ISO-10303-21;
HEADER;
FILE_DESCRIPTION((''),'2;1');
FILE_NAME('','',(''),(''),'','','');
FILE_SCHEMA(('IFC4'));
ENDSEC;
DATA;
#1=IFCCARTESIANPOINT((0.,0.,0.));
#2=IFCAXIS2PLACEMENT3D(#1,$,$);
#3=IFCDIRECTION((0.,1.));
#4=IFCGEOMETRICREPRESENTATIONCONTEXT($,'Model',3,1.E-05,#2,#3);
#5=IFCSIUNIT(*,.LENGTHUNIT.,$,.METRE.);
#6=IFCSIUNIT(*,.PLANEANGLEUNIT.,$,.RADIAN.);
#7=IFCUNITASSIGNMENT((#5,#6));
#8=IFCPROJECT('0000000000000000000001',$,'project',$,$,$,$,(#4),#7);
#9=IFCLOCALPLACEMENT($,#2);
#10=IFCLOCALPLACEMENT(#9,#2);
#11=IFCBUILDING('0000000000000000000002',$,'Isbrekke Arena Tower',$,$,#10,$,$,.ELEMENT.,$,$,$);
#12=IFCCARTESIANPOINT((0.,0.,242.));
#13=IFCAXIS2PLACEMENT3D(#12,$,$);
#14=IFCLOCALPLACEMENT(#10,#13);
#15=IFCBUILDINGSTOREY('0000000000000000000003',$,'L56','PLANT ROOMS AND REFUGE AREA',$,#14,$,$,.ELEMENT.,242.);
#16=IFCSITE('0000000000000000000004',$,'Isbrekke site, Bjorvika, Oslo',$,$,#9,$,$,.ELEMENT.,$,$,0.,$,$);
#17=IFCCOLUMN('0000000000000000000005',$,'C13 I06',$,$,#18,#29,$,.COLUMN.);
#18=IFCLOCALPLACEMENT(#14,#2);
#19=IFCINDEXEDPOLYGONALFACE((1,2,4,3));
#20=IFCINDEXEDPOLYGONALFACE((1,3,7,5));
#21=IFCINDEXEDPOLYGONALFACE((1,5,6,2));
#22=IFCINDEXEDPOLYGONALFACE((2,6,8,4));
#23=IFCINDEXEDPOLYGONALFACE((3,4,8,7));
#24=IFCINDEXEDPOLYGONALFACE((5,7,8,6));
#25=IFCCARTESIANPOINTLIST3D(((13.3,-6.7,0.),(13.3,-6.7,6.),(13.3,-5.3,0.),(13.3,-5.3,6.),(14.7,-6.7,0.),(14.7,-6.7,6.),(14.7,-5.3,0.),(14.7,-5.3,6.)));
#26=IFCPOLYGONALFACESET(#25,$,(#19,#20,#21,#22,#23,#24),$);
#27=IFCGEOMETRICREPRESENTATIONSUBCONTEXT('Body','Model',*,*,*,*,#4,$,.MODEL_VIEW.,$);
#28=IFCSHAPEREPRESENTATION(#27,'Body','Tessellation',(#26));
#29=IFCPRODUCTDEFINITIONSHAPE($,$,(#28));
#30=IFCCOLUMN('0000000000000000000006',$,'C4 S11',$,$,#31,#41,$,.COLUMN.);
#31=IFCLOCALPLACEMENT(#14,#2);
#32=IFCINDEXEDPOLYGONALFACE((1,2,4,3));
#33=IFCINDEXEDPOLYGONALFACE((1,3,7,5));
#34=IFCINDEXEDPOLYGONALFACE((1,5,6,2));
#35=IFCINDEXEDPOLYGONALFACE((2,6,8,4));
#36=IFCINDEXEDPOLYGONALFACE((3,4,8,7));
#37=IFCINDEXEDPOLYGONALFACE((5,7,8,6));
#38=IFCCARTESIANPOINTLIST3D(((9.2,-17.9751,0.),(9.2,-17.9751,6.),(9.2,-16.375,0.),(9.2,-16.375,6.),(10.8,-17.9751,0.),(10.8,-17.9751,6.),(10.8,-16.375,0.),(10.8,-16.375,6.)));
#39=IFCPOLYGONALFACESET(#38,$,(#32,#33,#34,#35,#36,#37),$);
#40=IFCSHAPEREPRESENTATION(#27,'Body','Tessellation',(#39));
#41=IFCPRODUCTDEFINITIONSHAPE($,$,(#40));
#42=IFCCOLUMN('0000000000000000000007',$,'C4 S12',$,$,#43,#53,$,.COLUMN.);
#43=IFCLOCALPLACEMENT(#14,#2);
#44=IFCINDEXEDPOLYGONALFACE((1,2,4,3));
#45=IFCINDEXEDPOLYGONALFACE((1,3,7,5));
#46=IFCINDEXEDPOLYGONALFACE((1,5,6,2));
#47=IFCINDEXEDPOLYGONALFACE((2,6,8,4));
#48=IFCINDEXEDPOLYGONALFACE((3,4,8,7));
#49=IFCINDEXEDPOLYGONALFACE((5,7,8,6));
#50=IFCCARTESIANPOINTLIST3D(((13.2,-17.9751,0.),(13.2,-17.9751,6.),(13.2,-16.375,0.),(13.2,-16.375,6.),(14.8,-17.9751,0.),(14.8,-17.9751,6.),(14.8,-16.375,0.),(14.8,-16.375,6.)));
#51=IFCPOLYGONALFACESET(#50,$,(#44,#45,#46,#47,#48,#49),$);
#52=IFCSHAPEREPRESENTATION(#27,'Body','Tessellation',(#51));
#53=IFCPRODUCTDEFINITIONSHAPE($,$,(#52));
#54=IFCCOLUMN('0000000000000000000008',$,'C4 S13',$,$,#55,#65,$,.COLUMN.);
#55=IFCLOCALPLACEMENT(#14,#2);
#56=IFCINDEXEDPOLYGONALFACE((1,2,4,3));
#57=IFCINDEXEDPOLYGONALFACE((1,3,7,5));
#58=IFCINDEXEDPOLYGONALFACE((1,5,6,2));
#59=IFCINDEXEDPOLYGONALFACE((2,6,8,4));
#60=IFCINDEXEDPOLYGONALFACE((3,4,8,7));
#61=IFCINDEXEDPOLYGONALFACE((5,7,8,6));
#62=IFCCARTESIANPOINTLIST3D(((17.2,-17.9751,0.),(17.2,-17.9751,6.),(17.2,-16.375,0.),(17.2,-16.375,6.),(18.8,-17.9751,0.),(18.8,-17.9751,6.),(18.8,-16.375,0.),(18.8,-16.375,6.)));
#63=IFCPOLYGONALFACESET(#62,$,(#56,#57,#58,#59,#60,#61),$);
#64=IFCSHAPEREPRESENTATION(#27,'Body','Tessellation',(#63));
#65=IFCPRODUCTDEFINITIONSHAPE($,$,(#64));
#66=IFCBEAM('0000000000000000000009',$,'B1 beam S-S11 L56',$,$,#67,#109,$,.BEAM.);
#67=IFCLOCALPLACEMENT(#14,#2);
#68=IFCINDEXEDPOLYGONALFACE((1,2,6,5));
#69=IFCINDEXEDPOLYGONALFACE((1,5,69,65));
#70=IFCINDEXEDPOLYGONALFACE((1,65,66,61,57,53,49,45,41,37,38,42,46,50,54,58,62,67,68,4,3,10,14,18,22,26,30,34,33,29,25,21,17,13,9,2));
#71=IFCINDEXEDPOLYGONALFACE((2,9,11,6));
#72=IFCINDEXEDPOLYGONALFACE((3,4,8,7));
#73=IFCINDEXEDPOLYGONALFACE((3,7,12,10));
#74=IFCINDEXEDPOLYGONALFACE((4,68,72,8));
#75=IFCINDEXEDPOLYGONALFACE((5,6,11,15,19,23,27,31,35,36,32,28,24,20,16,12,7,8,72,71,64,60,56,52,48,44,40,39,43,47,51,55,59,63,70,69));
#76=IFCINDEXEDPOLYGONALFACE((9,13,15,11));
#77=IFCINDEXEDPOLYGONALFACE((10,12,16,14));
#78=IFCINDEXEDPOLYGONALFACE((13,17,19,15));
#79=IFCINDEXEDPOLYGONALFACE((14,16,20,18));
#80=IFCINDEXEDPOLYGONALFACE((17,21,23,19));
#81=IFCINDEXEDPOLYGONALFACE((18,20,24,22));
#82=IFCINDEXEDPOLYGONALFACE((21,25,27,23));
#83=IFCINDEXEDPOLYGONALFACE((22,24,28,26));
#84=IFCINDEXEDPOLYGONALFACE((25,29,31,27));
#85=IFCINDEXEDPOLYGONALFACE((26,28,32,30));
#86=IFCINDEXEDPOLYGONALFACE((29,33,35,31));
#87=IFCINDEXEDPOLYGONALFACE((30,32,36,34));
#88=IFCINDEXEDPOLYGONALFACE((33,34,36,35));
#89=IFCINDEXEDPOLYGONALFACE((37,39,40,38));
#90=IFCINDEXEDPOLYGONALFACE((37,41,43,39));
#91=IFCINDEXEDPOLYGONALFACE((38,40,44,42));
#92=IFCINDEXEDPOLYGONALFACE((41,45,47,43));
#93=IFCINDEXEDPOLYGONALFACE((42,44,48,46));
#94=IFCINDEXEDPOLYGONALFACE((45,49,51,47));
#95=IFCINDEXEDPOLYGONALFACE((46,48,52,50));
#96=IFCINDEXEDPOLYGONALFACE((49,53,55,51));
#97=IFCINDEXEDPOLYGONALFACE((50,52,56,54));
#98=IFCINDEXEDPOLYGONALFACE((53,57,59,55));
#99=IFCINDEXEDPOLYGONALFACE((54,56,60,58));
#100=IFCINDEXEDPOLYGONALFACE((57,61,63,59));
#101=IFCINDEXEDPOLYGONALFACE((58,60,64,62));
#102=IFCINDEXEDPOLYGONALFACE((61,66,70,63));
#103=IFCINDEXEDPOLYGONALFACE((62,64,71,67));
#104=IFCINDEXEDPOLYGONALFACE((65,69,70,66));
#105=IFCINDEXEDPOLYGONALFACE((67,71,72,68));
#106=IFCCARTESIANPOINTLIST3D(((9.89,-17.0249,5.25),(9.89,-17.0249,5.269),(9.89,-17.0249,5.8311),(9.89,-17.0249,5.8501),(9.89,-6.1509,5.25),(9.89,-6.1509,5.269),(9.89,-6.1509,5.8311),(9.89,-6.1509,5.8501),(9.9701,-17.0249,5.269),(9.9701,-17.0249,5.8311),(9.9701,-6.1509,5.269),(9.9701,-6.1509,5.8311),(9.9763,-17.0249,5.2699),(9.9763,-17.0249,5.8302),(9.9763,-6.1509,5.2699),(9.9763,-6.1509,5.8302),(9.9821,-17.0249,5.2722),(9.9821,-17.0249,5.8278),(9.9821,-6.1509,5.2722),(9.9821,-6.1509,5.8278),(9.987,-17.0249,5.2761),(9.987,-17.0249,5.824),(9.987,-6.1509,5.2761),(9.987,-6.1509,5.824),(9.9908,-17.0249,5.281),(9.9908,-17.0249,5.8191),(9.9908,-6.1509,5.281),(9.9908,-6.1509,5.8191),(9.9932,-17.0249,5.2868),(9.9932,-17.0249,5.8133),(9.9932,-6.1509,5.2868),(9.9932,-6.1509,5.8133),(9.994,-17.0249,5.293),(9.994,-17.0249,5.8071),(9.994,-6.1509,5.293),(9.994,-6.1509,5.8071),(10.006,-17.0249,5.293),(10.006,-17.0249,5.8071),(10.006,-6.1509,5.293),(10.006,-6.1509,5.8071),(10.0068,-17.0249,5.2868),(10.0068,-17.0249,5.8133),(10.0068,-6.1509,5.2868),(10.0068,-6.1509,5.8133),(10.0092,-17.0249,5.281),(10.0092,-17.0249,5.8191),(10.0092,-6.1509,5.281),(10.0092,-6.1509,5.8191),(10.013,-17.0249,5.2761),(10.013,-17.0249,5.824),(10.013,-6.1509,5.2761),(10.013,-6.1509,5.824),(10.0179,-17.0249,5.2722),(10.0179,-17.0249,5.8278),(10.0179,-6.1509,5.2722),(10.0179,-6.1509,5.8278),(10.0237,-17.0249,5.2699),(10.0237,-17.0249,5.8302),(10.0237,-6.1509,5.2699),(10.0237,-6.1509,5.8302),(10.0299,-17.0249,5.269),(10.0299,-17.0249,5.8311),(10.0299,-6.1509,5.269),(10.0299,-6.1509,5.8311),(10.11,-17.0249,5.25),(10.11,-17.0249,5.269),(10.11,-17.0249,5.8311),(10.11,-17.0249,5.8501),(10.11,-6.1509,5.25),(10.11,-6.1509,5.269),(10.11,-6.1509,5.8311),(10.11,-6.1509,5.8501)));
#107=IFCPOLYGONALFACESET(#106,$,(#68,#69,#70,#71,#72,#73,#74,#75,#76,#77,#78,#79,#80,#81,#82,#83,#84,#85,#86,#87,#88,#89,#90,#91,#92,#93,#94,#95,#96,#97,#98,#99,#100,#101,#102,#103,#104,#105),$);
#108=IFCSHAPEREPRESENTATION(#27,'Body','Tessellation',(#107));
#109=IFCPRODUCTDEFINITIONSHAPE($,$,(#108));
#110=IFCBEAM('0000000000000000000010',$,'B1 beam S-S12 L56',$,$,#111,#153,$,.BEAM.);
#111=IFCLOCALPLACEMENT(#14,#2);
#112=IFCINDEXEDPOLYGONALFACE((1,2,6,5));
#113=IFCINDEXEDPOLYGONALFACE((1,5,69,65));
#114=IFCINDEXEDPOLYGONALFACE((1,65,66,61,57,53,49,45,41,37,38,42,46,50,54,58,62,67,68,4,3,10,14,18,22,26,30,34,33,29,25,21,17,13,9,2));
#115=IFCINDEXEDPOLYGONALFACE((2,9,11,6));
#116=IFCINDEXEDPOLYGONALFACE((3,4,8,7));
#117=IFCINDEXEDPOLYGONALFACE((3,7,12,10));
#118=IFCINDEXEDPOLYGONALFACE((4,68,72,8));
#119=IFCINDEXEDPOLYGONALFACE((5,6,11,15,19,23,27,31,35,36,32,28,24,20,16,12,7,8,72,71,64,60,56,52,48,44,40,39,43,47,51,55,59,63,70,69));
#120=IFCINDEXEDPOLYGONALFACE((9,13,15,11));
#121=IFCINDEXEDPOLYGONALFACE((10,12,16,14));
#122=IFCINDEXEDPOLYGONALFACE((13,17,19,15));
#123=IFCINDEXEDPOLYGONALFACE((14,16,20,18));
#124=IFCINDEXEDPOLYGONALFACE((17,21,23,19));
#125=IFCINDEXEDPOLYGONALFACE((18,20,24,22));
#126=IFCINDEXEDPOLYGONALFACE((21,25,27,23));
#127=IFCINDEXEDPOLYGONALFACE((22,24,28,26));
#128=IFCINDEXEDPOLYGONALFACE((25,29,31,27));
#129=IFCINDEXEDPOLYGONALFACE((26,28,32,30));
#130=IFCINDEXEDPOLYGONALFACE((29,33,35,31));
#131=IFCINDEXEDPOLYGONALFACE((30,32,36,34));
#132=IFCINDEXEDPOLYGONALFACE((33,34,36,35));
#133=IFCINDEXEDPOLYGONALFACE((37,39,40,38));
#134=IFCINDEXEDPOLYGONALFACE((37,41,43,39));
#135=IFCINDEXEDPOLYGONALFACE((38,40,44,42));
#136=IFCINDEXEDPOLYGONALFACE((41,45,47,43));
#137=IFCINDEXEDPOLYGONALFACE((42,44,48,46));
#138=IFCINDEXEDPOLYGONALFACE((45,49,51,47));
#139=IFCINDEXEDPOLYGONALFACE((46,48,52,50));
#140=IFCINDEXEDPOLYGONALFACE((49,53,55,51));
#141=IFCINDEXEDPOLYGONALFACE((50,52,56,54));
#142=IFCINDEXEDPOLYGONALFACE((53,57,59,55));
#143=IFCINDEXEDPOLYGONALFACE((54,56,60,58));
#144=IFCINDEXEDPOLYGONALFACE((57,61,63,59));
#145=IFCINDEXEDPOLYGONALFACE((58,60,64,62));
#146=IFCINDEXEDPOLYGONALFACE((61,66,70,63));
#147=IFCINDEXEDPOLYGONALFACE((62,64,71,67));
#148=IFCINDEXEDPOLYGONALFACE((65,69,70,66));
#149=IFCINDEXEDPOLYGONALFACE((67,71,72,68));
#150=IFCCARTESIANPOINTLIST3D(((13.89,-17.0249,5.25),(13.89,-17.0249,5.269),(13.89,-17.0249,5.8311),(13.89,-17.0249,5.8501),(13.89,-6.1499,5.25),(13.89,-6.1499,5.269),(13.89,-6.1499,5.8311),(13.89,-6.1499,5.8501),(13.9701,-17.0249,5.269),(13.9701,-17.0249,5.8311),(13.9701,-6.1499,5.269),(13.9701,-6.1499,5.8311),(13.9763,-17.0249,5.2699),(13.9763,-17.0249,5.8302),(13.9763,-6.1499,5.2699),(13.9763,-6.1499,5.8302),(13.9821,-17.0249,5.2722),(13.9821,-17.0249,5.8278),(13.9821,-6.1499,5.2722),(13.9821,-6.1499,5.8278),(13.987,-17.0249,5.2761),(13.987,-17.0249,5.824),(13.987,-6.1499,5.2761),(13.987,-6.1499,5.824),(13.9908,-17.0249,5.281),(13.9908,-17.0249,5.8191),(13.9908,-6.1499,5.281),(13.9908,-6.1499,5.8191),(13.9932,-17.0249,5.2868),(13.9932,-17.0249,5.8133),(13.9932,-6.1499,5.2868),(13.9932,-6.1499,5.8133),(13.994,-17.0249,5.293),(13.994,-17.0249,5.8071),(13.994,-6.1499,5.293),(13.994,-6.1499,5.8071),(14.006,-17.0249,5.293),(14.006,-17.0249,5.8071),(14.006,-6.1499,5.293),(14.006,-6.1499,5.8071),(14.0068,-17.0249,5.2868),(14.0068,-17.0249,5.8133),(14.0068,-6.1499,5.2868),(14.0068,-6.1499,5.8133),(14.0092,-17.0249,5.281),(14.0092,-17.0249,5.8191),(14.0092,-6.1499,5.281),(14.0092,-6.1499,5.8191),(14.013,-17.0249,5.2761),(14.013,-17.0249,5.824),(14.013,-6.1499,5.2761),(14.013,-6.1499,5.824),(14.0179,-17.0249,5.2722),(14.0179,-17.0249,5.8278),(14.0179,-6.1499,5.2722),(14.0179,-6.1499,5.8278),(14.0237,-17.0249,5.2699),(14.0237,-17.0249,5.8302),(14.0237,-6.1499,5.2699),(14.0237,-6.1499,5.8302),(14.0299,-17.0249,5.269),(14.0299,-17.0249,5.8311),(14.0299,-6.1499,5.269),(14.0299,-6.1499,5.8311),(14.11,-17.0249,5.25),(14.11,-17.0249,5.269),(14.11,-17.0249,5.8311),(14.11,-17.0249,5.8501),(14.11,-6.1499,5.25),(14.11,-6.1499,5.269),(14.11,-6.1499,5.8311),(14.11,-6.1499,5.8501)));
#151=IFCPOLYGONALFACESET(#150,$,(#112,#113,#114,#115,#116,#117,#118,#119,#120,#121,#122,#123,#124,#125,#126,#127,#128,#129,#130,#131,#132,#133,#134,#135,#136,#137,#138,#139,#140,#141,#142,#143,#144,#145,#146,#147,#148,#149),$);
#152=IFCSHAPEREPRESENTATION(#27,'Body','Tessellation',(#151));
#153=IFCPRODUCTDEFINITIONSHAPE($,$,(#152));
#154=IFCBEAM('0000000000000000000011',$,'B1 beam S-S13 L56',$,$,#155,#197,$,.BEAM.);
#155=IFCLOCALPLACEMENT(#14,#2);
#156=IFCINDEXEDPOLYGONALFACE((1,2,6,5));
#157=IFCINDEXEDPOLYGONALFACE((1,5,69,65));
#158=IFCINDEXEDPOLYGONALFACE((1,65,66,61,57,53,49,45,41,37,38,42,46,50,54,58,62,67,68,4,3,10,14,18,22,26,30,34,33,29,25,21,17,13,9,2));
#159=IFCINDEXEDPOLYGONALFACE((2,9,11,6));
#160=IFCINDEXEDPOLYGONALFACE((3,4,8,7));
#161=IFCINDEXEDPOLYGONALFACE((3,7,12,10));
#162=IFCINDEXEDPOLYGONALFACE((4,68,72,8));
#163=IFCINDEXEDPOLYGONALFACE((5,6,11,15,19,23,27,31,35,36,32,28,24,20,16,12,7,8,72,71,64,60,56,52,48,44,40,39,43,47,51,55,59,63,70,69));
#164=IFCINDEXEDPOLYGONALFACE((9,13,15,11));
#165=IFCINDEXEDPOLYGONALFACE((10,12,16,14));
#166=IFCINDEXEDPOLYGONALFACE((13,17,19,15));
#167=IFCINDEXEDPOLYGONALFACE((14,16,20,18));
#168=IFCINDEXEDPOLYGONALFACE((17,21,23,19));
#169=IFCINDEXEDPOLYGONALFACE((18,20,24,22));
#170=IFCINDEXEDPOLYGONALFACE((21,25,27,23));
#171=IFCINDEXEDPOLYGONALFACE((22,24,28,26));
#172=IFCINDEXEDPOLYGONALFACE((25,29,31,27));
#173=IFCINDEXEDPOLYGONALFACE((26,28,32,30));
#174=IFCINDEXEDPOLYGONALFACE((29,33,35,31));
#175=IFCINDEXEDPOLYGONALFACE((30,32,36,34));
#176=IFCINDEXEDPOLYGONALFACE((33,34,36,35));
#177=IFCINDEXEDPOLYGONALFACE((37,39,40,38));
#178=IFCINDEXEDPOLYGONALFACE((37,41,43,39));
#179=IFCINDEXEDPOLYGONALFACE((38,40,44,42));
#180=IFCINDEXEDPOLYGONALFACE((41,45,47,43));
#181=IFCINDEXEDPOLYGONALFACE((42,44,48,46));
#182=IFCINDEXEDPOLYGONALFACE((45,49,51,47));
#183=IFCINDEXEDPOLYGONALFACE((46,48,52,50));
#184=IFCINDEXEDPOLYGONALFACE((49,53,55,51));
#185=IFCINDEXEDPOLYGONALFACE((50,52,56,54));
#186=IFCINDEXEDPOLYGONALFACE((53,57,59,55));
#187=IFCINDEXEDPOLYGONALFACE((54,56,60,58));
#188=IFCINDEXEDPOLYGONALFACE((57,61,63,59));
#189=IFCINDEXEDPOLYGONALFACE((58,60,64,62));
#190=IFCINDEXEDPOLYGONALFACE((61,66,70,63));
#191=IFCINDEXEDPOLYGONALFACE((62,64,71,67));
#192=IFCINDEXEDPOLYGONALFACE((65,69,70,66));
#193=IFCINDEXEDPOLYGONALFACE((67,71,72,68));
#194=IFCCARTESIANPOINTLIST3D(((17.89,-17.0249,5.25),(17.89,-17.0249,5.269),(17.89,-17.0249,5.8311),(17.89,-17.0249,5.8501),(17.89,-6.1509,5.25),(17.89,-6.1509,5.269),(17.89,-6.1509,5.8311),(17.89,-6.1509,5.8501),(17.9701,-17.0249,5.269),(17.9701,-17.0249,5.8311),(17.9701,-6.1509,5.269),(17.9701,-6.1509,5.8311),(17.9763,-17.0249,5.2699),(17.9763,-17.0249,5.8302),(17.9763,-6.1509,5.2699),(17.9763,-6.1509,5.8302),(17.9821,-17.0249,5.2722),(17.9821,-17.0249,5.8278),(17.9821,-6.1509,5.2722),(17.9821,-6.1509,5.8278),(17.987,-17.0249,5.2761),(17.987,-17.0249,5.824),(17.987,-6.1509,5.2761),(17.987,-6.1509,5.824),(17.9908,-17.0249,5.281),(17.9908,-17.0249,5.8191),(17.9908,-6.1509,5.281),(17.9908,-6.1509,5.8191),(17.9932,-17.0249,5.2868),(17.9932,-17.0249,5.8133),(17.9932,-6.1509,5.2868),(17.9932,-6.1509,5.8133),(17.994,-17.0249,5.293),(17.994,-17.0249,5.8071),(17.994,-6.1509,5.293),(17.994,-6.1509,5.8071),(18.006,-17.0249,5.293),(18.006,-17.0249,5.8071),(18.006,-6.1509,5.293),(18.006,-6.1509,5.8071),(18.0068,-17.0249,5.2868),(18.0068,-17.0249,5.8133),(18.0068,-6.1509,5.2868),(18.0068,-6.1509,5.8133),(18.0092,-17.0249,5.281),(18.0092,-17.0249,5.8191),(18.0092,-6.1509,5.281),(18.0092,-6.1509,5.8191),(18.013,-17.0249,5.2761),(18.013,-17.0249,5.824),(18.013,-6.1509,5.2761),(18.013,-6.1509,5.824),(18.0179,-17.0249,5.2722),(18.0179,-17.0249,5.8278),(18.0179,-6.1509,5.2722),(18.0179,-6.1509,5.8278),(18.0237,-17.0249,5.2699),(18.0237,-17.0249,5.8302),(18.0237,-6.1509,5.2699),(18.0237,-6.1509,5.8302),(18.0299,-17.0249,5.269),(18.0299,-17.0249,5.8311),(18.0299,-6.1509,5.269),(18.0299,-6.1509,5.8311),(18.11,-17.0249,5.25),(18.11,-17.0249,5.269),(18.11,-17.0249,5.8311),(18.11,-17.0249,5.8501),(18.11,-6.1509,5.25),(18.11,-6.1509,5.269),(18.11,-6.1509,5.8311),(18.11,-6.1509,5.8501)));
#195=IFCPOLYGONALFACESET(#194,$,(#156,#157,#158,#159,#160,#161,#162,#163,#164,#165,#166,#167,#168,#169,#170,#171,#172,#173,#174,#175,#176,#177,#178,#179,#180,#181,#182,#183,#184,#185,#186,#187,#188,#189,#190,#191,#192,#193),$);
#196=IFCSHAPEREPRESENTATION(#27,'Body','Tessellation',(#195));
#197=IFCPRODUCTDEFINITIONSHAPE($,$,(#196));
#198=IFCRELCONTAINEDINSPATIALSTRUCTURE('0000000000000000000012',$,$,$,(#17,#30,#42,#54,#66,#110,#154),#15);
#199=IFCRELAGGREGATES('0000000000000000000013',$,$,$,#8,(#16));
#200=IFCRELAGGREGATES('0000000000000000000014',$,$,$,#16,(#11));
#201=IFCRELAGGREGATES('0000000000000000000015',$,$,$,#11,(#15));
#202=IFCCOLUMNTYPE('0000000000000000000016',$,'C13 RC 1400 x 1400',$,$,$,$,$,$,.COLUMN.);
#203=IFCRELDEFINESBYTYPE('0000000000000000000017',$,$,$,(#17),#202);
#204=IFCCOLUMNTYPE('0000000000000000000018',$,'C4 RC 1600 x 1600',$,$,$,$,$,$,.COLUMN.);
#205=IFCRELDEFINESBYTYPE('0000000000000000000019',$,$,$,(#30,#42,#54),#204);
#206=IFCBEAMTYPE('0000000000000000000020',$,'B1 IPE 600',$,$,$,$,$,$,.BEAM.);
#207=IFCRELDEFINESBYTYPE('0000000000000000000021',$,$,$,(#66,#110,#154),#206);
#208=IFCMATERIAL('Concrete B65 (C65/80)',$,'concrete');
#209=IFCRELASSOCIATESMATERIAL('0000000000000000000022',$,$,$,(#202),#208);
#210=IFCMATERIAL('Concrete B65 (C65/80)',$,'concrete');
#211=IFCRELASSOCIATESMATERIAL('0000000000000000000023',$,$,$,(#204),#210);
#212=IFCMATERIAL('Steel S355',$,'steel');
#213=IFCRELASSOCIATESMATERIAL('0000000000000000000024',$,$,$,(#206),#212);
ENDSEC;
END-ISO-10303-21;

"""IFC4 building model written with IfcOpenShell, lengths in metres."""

from ifc_helpers import new_model, si_unit, direction, frame, origin, origin_2d, place, context, subcontext, project, spatial, rectangle, i_section, extrude, material, material_profile, profile_set, type_object, element, save


model = new_model("IFC4")

# Units and contexts
model_context = context("Model", 3, precision=1e-05, world=origin(), true_north=direction((0.0, 1.0)))
body_context = subcontext(model_context, "Body", "Model", "MODEL_VIEW")
ifc_project = project(units=[si_unit("LENGTHUNIT", "METRE"), si_unit("PLANEANGLEUNIT", "RADIAN")], contexts=[model_context])

# Site, building, storey
site_placement = place(None, origin())
site = spatial("IfcSite", under=ifc_project, at=site_placement, Name="Isbrekke site, Bjorvika, Oslo", CompositionType="ELEMENT", RefElevation=0.0)
building_placement = place(site_placement, origin())
building = spatial("IfcBuilding", under=site, at=building_placement, Name="Isbrekke Arena Tower", CompositionType="ELEMENT")
storey_placement = place(building_placement, frame((0.0, 0.0, 242.0)))
storey = spatial("IfcBuildingStorey", under=building, at=storey_placement, Name="L56", Description="PLANT ROOMS AND REFUGE AREA", CompositionType="ELEMENT", Elevation=242.0)

# Columns
ifc_material_1 = material(Name="Concrete B65 (C65/80)", Category="concrete")
ifc_material_profile_1 = material_profile(ifc_material_1, rectangle(XDim=1.3999, YDim=1.3999, at=origin_2d()), Name="RC 1400x1400")
ifc_profile_set_1 = profile_set([ifc_material_profile_1], Name="Concrete B65 (C65/80)")
column_type_1 = type_object("IfcColumnType", Name="C13 RC 1400 x 1400", PredefinedType="COLUMN", material=ifc_profile_set_1)
column_placement = place(storey_placement, frame((14.0, -6.0, 0.0), z_axis=(0.0, 0.0, 1.0), x_axis=(1.0, 0.0, 0.0)))
element("IfcColumn", 1, at=column_placement, inside=storey, type_object=column_type_1, Name="C13 I06", PredefinedType="COLUMN", context=body_context, shape_type="SweptSolid", body=[
    extrude(rectangle(XDim=1.3999, YDim=1.3999, at=origin_2d()), origin(), (0.0, 0.0, 1.0), 6.0),
])
ifc_material_2 = material(Name="Concrete B65 (C65/80)", Category="concrete")
ifc_material_profile_2 = material_profile(ifc_material_2, rectangle(XDim=1.6001, YDim=1.6001, at=origin_2d()), Name="RC 1600x1600")
ifc_profile_set_2 = profile_set([ifc_material_profile_2], Name="Concrete B65 (C65/80)")
column_type_2 = type_object("IfcColumnType", Name="C4 RC 1600 x 1600", PredefinedType="COLUMN", material=ifc_profile_set_2)
for number, where, z_axis, x_axis, name in (
    (2, (10.0, -17.175, 0.0), (0.0, 0.0, 1.0), (1.0, 0.0, 0.0), "C4 S11"),
    (3, (14.0, -17.175, 0.0), (0.0, 0.0, 1.0), (1.0, 0.0, 0.0), "C4 S12"),
    (4, (18.0, -17.175, 0.0), (0.0, 0.0, 1.0), (1.0, 0.0, 0.0), "C4 S13"),
):
    element("IfcColumn", number, at=place(storey_placement, frame(where, z_axis=z_axis, x_axis=x_axis)), inside=storey, type_object=column_type_2, Name=name, PredefinedType="COLUMN", context=body_context, shape_type="SweptSolid", body=[
        extrude(rectangle(XDim=1.6001, YDim=1.6001, at=origin_2d()), origin(), (0.0, 0.0, 1.0), 6.0),
    ])

# Beams
ifc_material_3 = material(Name="Steel S355", Category="steel")
ifc_material_profile_3 = material_profile(ifc_material_3, i_section(OverallWidth=0.22, OverallDepth=0.6001, WebThickness=0.012, FlangeThickness=0.019, FilletRadius=0.0239, at=origin_2d()), Name="IPE 600")
ifc_profile_set_3 = profile_set([ifc_material_profile_3], Name="Steel S355")
beam_type_1 = type_object("IfcBeamType", Name="B1 IPE 600", PredefinedType="BEAM", material=ifc_profile_set_3)
beam_1_placement = place(storey_placement, frame((10.0, -17.0249, 5.55), z_axis=(0.0, 1.0, 0.0), x_axis=(-1.0, 0.0, 0.0)))
element("IfcBeam", 5, at=beam_1_placement, inside=storey, type_object=beam_type_1, Name="B1 beam S-S11 L56", PredefinedType="BEAM", context=body_context, shape_type="SweptSolid", body=[
    extrude(i_section(OverallWidth=0.22, OverallDepth=0.6001, WebThickness=0.012, FlangeThickness=0.019, FilletRadius=0.0239, at=origin_2d()), origin(), (0.0, 0.0, 1.0), 10.874),
])
beam_2_placement = place(storey_placement, frame((14.0, -17.0249, 5.55), z_axis=(0.0, 1.0, 0.0), x_axis=(-1.0, 0.0, 0.0)))
element("IfcBeam", 6, at=beam_2_placement, inside=storey, type_object=beam_type_1, Name="B1 beam S-S12 L56", PredefinedType="BEAM", context=body_context, shape_type="SweptSolid", body=[
    extrude(i_section(OverallWidth=0.22, OverallDepth=0.6001, WebThickness=0.012, FlangeThickness=0.019, FilletRadius=0.0239, at=origin_2d()), origin(), (0.0, 0.0, 1.0), 10.875),
])
beam_3_placement = place(storey_placement, frame((18.0, -17.0249, 5.55), z_axis=(0.0, 1.0, 0.0), x_axis=(-1.0, 0.0, 0.0)))
element("IfcBeam", 7, at=beam_3_placement, inside=storey, type_object=beam_type_1, Name="B1 beam S-S13 L56", PredefinedType="BEAM", context=body_context, shape_type="SweptSolid", body=[
    extrude(i_section(OverallWidth=0.22, OverallDepth=0.6001, WebThickness=0.012, FlangeThickness=0.019, FilletRadius=0.0239, at=origin_2d()), origin(), (0.0, 0.0, 1.0), 10.874),
])

save(model, "model.ifc")
